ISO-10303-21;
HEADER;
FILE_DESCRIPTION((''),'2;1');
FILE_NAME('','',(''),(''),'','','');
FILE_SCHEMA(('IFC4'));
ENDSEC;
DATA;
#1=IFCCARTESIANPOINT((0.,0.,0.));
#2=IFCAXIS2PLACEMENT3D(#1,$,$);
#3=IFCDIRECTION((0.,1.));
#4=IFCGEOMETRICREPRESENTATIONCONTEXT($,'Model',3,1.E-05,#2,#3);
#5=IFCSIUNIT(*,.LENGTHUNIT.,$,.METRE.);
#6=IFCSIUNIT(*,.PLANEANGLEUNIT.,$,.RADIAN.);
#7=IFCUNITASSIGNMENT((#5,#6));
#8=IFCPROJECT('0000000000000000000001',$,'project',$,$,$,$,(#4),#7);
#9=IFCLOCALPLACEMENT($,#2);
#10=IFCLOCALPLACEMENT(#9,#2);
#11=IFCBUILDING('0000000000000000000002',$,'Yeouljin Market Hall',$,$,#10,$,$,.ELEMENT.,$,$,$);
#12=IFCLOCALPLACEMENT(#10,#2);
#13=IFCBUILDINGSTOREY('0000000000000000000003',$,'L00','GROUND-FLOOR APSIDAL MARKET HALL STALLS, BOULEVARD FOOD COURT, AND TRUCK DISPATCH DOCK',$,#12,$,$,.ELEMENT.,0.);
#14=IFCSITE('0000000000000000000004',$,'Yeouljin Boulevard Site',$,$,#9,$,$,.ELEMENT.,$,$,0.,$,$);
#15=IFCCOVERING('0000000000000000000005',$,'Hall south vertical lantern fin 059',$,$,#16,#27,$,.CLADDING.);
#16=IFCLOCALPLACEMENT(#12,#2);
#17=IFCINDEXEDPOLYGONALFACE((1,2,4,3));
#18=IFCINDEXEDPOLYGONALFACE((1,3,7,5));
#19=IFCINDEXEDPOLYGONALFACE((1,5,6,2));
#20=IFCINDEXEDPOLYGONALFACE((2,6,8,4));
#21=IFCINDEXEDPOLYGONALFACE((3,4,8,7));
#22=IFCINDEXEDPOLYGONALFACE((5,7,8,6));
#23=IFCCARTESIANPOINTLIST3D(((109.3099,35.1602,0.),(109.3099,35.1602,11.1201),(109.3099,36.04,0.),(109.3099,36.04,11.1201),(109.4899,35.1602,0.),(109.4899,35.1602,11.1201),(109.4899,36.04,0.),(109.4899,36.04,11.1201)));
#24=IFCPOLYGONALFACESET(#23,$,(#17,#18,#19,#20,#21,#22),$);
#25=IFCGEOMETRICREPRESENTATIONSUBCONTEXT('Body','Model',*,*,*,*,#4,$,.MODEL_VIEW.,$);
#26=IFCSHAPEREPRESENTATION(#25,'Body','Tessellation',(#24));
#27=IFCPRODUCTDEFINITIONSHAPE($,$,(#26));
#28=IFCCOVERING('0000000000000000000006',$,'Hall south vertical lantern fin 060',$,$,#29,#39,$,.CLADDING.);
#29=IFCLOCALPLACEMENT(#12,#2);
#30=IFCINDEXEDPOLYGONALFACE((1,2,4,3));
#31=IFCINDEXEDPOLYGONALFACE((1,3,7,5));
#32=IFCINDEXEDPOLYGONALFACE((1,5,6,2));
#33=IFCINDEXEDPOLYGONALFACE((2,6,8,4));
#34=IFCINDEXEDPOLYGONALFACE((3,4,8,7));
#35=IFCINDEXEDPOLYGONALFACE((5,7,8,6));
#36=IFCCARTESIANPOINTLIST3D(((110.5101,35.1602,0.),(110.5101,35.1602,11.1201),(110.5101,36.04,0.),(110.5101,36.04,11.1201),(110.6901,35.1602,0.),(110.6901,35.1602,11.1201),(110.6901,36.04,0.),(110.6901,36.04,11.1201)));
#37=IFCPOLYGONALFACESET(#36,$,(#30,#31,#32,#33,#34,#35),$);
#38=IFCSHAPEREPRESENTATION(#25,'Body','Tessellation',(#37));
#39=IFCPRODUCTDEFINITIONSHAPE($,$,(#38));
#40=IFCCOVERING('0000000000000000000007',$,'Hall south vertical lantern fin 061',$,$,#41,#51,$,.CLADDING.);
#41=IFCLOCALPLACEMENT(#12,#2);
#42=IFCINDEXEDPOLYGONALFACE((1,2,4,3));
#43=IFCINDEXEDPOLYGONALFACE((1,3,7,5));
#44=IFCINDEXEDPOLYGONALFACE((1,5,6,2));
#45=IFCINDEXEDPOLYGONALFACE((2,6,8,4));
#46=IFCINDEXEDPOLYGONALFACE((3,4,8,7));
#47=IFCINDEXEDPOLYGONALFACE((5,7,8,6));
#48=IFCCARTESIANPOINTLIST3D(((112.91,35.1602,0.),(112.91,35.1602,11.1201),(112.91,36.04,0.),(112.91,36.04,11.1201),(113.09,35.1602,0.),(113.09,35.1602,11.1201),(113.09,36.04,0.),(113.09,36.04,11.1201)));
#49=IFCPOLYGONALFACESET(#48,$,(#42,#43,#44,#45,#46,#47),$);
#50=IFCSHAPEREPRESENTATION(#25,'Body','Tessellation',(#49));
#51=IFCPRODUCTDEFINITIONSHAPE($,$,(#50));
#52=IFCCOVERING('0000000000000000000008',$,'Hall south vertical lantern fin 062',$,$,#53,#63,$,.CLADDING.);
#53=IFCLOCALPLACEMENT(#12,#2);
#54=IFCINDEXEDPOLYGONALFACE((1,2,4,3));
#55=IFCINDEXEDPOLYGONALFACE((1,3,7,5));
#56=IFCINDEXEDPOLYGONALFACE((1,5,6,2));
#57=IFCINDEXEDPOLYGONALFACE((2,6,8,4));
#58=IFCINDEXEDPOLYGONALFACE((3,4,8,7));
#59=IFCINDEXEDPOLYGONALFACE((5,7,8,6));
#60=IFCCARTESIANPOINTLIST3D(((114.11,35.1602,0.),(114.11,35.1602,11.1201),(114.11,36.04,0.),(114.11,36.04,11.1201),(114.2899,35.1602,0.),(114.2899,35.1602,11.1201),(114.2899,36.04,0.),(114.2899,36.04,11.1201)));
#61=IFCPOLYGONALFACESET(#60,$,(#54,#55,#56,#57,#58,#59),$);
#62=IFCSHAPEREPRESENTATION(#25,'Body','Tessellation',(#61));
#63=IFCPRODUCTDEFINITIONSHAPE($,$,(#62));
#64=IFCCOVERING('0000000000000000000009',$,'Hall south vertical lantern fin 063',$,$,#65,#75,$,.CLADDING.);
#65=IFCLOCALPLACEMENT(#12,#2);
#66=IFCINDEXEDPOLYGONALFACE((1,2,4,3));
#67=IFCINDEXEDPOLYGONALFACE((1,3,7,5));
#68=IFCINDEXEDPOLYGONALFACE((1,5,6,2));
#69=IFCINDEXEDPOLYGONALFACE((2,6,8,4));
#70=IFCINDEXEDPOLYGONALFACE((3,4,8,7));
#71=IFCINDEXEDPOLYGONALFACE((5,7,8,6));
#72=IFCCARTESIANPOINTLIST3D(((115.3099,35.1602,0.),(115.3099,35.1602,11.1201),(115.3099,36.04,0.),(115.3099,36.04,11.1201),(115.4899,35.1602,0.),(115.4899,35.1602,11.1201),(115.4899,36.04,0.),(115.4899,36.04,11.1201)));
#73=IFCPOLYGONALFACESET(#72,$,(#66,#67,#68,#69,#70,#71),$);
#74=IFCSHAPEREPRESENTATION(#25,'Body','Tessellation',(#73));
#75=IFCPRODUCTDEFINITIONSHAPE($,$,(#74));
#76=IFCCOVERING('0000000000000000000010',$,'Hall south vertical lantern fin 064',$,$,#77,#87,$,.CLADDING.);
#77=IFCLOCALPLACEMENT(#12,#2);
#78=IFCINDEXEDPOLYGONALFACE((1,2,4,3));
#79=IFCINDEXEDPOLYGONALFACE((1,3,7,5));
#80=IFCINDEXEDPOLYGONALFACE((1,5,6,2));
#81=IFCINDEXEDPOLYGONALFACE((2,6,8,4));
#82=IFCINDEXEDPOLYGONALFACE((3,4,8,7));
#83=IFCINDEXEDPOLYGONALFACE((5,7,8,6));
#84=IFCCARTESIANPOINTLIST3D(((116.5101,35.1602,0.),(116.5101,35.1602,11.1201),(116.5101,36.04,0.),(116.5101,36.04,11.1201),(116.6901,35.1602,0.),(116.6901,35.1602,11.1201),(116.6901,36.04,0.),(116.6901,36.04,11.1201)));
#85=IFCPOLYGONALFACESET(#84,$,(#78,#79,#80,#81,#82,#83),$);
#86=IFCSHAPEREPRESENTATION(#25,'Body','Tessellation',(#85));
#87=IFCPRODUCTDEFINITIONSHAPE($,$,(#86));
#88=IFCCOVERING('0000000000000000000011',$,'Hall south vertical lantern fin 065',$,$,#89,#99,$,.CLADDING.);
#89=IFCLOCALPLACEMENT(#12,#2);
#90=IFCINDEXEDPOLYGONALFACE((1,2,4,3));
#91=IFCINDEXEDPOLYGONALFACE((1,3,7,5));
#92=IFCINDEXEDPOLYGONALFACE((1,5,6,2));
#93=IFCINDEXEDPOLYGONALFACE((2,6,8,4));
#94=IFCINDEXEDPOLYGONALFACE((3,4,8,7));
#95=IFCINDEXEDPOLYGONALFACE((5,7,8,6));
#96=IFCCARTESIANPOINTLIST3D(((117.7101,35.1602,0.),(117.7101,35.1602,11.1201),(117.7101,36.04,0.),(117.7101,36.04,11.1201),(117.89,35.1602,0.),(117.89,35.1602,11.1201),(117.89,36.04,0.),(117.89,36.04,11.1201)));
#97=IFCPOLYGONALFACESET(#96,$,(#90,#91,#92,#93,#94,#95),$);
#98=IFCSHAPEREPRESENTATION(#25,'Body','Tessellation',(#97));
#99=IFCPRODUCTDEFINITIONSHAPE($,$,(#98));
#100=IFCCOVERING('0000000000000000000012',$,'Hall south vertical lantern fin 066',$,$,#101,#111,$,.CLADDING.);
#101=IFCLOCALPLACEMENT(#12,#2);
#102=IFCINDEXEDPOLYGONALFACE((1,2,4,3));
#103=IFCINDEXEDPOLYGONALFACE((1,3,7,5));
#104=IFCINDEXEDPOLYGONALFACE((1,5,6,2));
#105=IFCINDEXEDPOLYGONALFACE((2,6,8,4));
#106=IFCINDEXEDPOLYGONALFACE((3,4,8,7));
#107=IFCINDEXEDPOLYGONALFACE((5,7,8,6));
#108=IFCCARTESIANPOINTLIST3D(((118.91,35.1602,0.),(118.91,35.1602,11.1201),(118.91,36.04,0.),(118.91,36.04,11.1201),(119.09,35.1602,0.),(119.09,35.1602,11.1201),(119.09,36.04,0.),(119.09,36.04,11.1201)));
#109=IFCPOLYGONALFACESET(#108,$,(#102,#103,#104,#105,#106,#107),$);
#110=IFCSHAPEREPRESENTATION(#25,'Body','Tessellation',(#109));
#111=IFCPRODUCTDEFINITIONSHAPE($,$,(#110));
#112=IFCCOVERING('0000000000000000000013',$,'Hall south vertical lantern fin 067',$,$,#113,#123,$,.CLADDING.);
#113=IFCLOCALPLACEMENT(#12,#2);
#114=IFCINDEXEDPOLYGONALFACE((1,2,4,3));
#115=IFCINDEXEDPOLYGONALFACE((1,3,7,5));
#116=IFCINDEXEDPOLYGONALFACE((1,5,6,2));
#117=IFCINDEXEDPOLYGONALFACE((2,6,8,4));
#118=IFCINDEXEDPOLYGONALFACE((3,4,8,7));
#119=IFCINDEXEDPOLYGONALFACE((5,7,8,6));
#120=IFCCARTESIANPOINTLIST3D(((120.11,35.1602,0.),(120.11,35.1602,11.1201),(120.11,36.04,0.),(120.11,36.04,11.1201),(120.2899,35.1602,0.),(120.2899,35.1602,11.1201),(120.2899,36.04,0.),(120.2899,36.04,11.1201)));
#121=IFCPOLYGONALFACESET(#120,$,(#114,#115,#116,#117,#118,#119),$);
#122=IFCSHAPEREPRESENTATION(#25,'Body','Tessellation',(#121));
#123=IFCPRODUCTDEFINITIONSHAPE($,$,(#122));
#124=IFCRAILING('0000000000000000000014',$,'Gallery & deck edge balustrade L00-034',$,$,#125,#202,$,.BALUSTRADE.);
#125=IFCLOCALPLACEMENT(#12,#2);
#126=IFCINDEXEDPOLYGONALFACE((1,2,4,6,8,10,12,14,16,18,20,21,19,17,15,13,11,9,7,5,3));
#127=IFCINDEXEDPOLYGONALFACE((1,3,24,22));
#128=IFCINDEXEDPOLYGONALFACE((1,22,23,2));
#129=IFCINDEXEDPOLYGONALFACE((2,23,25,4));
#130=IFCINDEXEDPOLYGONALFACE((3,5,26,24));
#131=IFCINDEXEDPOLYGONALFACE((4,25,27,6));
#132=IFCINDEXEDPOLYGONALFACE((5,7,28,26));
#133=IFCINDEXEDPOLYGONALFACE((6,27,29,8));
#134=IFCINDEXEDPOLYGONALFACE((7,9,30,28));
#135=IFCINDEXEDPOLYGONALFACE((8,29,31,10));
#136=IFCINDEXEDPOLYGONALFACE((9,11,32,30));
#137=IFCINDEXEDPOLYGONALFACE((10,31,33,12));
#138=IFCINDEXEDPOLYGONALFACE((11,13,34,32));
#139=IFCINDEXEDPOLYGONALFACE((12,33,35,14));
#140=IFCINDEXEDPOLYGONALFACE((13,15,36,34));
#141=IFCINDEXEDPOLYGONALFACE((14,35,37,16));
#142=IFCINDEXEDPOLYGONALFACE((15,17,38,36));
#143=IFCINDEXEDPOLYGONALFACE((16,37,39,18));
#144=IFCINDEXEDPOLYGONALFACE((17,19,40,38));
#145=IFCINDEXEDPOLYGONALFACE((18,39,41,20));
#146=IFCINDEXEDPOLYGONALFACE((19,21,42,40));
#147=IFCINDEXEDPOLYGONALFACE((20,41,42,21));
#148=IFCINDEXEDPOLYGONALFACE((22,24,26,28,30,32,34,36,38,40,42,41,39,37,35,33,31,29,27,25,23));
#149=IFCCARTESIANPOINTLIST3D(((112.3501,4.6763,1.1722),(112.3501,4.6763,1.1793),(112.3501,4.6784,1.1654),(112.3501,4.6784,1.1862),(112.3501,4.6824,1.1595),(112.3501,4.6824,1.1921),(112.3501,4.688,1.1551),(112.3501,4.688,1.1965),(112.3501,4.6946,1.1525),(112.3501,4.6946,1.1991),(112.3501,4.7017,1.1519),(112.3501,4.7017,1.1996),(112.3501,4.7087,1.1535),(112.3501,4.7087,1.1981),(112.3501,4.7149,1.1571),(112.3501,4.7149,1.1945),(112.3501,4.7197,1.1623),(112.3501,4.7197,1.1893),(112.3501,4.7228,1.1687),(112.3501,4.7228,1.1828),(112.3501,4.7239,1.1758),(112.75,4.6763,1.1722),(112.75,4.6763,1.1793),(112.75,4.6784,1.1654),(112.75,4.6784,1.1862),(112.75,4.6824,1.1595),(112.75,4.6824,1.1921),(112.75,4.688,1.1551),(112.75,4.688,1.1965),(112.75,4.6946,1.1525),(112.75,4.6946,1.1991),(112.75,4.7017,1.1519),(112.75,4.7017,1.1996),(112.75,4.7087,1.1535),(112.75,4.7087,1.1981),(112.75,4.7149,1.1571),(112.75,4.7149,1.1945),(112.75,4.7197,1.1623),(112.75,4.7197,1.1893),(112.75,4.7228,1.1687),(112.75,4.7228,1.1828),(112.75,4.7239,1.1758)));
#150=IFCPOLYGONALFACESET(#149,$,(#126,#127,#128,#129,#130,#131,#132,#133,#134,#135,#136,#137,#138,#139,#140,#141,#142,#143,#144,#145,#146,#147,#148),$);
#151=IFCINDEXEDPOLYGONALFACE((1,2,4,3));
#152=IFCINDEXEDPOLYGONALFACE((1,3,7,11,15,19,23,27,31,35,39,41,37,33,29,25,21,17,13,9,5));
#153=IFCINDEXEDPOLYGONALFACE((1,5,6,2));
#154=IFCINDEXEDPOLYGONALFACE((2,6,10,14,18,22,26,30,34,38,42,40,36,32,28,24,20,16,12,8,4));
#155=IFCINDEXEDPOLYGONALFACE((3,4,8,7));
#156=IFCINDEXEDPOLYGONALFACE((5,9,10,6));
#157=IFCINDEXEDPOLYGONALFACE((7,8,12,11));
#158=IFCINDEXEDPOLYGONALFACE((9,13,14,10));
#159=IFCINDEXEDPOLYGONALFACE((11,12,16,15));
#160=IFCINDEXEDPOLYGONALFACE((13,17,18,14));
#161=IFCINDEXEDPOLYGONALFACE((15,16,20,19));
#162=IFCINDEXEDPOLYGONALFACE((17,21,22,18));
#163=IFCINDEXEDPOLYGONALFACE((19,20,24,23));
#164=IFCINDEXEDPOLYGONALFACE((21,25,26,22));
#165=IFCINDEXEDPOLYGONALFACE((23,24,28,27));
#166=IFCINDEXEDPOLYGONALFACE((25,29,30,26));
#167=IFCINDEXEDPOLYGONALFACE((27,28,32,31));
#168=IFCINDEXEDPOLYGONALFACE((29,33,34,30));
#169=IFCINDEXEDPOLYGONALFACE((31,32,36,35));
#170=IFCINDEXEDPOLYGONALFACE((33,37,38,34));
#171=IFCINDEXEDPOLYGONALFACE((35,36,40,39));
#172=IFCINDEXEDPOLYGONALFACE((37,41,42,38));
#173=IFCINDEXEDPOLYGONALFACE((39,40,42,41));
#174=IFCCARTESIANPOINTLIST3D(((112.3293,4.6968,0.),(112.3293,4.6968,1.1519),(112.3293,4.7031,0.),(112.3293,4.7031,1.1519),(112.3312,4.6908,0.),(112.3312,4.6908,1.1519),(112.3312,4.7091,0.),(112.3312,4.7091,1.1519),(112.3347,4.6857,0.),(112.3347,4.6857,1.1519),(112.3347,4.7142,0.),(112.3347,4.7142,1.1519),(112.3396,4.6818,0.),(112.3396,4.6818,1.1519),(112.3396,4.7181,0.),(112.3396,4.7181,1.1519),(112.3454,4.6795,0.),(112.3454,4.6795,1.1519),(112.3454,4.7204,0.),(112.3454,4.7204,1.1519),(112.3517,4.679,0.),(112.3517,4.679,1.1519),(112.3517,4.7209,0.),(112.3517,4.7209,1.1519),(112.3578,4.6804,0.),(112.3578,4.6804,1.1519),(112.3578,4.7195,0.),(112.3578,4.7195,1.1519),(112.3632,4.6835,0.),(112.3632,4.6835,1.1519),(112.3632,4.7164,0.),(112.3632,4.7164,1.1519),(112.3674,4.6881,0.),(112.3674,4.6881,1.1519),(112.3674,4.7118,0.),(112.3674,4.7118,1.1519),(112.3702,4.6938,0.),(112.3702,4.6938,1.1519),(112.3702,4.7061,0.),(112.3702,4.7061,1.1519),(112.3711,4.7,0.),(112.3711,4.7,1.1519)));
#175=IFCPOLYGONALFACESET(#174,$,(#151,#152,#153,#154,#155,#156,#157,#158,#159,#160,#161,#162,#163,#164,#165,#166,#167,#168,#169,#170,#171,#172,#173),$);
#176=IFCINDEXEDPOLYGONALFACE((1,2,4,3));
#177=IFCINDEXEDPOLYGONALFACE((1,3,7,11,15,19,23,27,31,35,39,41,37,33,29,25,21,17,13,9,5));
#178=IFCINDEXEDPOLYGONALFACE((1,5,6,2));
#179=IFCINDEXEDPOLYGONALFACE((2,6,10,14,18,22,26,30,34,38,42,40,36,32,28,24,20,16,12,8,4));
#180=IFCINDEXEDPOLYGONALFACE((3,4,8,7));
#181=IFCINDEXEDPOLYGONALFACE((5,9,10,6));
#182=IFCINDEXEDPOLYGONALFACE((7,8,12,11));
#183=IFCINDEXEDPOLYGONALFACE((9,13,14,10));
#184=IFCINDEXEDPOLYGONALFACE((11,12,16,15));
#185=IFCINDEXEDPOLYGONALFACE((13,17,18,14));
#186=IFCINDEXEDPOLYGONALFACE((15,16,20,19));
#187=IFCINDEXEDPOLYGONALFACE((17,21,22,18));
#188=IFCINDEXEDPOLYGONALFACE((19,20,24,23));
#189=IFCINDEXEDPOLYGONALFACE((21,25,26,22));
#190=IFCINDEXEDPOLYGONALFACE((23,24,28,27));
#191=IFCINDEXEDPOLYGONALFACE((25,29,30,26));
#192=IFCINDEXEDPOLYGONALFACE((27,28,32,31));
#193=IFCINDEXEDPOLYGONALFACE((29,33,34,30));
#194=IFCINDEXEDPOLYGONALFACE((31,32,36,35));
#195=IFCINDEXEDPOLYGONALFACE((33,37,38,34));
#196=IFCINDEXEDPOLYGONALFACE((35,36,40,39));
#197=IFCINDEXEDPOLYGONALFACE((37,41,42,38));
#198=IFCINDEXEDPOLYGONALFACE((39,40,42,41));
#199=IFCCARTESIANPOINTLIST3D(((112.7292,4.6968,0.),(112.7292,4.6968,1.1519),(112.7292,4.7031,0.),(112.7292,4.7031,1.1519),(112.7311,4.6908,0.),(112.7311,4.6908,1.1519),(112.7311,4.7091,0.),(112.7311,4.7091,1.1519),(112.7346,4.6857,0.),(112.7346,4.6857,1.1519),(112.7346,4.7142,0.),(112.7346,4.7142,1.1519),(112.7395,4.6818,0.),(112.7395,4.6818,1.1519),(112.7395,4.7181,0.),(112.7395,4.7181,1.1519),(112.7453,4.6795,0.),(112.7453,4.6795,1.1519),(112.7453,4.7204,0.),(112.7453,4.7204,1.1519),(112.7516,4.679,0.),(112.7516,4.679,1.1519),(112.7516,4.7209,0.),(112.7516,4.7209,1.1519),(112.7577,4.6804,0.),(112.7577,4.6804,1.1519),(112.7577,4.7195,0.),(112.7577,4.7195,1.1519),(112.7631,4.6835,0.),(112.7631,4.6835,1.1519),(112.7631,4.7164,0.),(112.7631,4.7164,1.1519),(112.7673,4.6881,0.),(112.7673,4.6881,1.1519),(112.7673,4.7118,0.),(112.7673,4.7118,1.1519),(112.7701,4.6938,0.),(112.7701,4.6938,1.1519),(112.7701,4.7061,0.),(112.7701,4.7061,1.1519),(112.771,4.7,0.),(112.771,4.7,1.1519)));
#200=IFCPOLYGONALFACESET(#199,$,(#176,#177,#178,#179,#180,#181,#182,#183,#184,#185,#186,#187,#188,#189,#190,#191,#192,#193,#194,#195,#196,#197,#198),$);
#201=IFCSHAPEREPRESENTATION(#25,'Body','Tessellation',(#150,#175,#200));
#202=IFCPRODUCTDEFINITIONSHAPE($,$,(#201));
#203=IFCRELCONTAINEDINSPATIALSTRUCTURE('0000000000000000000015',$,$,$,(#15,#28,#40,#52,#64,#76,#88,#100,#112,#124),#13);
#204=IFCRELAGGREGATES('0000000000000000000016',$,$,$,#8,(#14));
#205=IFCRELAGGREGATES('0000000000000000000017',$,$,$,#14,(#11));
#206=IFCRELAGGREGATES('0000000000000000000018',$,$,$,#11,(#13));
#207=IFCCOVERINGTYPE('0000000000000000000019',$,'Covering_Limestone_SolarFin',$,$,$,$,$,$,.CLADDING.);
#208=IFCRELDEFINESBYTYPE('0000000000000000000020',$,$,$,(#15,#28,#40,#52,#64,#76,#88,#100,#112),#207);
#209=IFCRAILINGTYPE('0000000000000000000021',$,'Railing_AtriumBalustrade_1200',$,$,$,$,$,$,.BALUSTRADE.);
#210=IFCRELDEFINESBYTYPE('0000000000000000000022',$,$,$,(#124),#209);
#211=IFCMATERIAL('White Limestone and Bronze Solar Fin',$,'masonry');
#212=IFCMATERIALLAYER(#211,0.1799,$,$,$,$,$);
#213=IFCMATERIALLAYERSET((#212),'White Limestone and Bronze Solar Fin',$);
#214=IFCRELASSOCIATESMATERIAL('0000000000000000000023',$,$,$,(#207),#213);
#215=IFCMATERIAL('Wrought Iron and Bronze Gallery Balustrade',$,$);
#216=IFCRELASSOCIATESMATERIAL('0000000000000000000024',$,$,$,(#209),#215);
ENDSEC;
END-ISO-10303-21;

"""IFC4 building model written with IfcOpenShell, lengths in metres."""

from ifc_helpers import new_model, si_unit, direction, frame, origin, origin_2d, place, context, subcontext, project, spatial, rectangle, circle, extrude, material, layer, layer_set, type_object, element, save


model = new_model("IFC4")

# Units and contexts
model_context = context("Model", 3, precision=1e-05, world=origin(), true_north=direction((0.0, 1.0)))
body_context = subcontext(model_context, "Body", "Model", "MODEL_VIEW")
ifc_project = project(units=[si_unit("LENGTHUNIT", "METRE"), si_unit("PLANEANGLEUNIT", "RADIAN")], contexts=[model_context])

# Site, building, storey
site_placement = place(None, origin())
site = spatial("IfcSite", under=ifc_project, at=site_placement, Name="Yeouljin Boulevard Site", CompositionType="ELEMENT", RefElevation=0.0)
building_placement = place(site_placement, origin())
building = spatial("IfcBuilding", under=site, at=building_placement, Name="Yeouljin Market Hall", CompositionType="ELEMENT")
storey_placement = place(building_placement, origin())
storey = spatial("IfcBuildingStorey", under=building, at=storey_placement, Name="L00", Description="GROUND-FLOOR APSIDAL MARKET HALL STALLS, BOULEVARD FOOD COURT, AND TRUCK DISPATCH DOCK", CompositionType="ELEMENT", Elevation=0.0)

# Coverings
ifc_material_1 = material(Name="White Limestone and Bronze Solar Fin", Category="masonry")
ifc_layer_1 = layer(ifc_material_1, 0.1799)
ifc_layer_set_1 = layer_set([ifc_layer_1], Name="White Limestone and Bronze Solar Fin")
covering_type = type_object("IfcCoveringType", Name="Covering_Limestone_SolarFin", PredefinedType="CLADDING", material=ifc_layer_set_1)
for number, where, z_axis, x_axis, name in (
    (1, (109.3999, 35.6001, 0.0), (0.0, 0.0, 1.0), (1.0, 0.0, 0.0), "Hall south vertical lantern fin 059"),
    (2, (110.6001, 35.6001, 0.0), (0.0, 0.0, 1.0), (1.0, 0.0, 0.0), "Hall south vertical lantern fin 060"),
    (3, (113.0, 35.6001, 0.0), (0.0, 0.0, 1.0), (1.0, 0.0, 0.0), "Hall south vertical lantern fin 061"),
    (4, (114.2, 35.6001, 0.0), (0.0, 0.0, 1.0), (1.0, 0.0, 0.0), "Hall south vertical lantern fin 062"),
    (5, (115.3999, 35.6001, 0.0), (0.0, 0.0, 1.0), (1.0, 0.0, 0.0), "Hall south vertical lantern fin 063"),
    (6, (116.6001, 35.6001, 0.0), (0.0, 0.0, 1.0), (1.0, 0.0, 0.0), "Hall south vertical lantern fin 064"),
    (7, (117.8, 35.6001, 0.0), (0.0, 0.0, 1.0), (1.0, 0.0, 0.0), "Hall south vertical lantern fin 065"),
    (8, (119.0, 35.6001, 0.0), (0.0, 0.0, 1.0), (1.0, 0.0, 0.0), "Hall south vertical lantern fin 066"),
    (9, (120.2, 35.6001, 0.0), (0.0, 0.0, 1.0), (1.0, 0.0, 0.0), "Hall south vertical lantern fin 067"),
):
    element("IfcCovering", number, at=place(storey_placement, frame(where, z_axis=z_axis, x_axis=x_axis)), inside=storey, type_object=covering_type, Name=name, PredefinedType="CLADDING", context=body_context, shape_type="SweptSolid", body=[
        extrude(rectangle(XDim=0.1799, YDim=0.8799, at=origin_2d()), origin(), (0.0, 0.0, 1.0), 11.1201),
    ])

# Railing
ifc_material_2 = material(Name="Wrought Iron and Bronze Gallery Balustrade")
railing_type = type_object("IfcRailingType", Name="Railing_AtriumBalustrade_1200", PredefinedType="BALUSTRADE", material=ifc_material_2)
railing_1_placement = place(storey_placement, frame((112.3501, 4.7, 0.0)))
element("IfcRailing", 10, at=railing_1_placement, inside=storey, type_object=railing_type, Name="Gallery & deck edge balustrade L00-034", PredefinedType="BALUSTRADE", context=body_context, shape_type="SweptSolid", body=[
    extrude(circle(Radius=0.0239, at=origin_2d()), frame((0.0, 0.0, 1.1758), z_axis=(1.0, 0.0, 0.0), x_axis=(0.0, 1.0, 0.0)), (0.0, 0.0, 1.0), 0.3999),
    extrude(circle(Radius=0.021, at=origin_2d()), origin(), (0.0, 0.0, 1.0), 1.1519),
    extrude(circle(Radius=0.021, at=origin_2d()), frame((0.3999, 0.0, 0.0)), (0.0, 0.0, 1.0), 1.1519),
])

save(model, "model.ifc")
